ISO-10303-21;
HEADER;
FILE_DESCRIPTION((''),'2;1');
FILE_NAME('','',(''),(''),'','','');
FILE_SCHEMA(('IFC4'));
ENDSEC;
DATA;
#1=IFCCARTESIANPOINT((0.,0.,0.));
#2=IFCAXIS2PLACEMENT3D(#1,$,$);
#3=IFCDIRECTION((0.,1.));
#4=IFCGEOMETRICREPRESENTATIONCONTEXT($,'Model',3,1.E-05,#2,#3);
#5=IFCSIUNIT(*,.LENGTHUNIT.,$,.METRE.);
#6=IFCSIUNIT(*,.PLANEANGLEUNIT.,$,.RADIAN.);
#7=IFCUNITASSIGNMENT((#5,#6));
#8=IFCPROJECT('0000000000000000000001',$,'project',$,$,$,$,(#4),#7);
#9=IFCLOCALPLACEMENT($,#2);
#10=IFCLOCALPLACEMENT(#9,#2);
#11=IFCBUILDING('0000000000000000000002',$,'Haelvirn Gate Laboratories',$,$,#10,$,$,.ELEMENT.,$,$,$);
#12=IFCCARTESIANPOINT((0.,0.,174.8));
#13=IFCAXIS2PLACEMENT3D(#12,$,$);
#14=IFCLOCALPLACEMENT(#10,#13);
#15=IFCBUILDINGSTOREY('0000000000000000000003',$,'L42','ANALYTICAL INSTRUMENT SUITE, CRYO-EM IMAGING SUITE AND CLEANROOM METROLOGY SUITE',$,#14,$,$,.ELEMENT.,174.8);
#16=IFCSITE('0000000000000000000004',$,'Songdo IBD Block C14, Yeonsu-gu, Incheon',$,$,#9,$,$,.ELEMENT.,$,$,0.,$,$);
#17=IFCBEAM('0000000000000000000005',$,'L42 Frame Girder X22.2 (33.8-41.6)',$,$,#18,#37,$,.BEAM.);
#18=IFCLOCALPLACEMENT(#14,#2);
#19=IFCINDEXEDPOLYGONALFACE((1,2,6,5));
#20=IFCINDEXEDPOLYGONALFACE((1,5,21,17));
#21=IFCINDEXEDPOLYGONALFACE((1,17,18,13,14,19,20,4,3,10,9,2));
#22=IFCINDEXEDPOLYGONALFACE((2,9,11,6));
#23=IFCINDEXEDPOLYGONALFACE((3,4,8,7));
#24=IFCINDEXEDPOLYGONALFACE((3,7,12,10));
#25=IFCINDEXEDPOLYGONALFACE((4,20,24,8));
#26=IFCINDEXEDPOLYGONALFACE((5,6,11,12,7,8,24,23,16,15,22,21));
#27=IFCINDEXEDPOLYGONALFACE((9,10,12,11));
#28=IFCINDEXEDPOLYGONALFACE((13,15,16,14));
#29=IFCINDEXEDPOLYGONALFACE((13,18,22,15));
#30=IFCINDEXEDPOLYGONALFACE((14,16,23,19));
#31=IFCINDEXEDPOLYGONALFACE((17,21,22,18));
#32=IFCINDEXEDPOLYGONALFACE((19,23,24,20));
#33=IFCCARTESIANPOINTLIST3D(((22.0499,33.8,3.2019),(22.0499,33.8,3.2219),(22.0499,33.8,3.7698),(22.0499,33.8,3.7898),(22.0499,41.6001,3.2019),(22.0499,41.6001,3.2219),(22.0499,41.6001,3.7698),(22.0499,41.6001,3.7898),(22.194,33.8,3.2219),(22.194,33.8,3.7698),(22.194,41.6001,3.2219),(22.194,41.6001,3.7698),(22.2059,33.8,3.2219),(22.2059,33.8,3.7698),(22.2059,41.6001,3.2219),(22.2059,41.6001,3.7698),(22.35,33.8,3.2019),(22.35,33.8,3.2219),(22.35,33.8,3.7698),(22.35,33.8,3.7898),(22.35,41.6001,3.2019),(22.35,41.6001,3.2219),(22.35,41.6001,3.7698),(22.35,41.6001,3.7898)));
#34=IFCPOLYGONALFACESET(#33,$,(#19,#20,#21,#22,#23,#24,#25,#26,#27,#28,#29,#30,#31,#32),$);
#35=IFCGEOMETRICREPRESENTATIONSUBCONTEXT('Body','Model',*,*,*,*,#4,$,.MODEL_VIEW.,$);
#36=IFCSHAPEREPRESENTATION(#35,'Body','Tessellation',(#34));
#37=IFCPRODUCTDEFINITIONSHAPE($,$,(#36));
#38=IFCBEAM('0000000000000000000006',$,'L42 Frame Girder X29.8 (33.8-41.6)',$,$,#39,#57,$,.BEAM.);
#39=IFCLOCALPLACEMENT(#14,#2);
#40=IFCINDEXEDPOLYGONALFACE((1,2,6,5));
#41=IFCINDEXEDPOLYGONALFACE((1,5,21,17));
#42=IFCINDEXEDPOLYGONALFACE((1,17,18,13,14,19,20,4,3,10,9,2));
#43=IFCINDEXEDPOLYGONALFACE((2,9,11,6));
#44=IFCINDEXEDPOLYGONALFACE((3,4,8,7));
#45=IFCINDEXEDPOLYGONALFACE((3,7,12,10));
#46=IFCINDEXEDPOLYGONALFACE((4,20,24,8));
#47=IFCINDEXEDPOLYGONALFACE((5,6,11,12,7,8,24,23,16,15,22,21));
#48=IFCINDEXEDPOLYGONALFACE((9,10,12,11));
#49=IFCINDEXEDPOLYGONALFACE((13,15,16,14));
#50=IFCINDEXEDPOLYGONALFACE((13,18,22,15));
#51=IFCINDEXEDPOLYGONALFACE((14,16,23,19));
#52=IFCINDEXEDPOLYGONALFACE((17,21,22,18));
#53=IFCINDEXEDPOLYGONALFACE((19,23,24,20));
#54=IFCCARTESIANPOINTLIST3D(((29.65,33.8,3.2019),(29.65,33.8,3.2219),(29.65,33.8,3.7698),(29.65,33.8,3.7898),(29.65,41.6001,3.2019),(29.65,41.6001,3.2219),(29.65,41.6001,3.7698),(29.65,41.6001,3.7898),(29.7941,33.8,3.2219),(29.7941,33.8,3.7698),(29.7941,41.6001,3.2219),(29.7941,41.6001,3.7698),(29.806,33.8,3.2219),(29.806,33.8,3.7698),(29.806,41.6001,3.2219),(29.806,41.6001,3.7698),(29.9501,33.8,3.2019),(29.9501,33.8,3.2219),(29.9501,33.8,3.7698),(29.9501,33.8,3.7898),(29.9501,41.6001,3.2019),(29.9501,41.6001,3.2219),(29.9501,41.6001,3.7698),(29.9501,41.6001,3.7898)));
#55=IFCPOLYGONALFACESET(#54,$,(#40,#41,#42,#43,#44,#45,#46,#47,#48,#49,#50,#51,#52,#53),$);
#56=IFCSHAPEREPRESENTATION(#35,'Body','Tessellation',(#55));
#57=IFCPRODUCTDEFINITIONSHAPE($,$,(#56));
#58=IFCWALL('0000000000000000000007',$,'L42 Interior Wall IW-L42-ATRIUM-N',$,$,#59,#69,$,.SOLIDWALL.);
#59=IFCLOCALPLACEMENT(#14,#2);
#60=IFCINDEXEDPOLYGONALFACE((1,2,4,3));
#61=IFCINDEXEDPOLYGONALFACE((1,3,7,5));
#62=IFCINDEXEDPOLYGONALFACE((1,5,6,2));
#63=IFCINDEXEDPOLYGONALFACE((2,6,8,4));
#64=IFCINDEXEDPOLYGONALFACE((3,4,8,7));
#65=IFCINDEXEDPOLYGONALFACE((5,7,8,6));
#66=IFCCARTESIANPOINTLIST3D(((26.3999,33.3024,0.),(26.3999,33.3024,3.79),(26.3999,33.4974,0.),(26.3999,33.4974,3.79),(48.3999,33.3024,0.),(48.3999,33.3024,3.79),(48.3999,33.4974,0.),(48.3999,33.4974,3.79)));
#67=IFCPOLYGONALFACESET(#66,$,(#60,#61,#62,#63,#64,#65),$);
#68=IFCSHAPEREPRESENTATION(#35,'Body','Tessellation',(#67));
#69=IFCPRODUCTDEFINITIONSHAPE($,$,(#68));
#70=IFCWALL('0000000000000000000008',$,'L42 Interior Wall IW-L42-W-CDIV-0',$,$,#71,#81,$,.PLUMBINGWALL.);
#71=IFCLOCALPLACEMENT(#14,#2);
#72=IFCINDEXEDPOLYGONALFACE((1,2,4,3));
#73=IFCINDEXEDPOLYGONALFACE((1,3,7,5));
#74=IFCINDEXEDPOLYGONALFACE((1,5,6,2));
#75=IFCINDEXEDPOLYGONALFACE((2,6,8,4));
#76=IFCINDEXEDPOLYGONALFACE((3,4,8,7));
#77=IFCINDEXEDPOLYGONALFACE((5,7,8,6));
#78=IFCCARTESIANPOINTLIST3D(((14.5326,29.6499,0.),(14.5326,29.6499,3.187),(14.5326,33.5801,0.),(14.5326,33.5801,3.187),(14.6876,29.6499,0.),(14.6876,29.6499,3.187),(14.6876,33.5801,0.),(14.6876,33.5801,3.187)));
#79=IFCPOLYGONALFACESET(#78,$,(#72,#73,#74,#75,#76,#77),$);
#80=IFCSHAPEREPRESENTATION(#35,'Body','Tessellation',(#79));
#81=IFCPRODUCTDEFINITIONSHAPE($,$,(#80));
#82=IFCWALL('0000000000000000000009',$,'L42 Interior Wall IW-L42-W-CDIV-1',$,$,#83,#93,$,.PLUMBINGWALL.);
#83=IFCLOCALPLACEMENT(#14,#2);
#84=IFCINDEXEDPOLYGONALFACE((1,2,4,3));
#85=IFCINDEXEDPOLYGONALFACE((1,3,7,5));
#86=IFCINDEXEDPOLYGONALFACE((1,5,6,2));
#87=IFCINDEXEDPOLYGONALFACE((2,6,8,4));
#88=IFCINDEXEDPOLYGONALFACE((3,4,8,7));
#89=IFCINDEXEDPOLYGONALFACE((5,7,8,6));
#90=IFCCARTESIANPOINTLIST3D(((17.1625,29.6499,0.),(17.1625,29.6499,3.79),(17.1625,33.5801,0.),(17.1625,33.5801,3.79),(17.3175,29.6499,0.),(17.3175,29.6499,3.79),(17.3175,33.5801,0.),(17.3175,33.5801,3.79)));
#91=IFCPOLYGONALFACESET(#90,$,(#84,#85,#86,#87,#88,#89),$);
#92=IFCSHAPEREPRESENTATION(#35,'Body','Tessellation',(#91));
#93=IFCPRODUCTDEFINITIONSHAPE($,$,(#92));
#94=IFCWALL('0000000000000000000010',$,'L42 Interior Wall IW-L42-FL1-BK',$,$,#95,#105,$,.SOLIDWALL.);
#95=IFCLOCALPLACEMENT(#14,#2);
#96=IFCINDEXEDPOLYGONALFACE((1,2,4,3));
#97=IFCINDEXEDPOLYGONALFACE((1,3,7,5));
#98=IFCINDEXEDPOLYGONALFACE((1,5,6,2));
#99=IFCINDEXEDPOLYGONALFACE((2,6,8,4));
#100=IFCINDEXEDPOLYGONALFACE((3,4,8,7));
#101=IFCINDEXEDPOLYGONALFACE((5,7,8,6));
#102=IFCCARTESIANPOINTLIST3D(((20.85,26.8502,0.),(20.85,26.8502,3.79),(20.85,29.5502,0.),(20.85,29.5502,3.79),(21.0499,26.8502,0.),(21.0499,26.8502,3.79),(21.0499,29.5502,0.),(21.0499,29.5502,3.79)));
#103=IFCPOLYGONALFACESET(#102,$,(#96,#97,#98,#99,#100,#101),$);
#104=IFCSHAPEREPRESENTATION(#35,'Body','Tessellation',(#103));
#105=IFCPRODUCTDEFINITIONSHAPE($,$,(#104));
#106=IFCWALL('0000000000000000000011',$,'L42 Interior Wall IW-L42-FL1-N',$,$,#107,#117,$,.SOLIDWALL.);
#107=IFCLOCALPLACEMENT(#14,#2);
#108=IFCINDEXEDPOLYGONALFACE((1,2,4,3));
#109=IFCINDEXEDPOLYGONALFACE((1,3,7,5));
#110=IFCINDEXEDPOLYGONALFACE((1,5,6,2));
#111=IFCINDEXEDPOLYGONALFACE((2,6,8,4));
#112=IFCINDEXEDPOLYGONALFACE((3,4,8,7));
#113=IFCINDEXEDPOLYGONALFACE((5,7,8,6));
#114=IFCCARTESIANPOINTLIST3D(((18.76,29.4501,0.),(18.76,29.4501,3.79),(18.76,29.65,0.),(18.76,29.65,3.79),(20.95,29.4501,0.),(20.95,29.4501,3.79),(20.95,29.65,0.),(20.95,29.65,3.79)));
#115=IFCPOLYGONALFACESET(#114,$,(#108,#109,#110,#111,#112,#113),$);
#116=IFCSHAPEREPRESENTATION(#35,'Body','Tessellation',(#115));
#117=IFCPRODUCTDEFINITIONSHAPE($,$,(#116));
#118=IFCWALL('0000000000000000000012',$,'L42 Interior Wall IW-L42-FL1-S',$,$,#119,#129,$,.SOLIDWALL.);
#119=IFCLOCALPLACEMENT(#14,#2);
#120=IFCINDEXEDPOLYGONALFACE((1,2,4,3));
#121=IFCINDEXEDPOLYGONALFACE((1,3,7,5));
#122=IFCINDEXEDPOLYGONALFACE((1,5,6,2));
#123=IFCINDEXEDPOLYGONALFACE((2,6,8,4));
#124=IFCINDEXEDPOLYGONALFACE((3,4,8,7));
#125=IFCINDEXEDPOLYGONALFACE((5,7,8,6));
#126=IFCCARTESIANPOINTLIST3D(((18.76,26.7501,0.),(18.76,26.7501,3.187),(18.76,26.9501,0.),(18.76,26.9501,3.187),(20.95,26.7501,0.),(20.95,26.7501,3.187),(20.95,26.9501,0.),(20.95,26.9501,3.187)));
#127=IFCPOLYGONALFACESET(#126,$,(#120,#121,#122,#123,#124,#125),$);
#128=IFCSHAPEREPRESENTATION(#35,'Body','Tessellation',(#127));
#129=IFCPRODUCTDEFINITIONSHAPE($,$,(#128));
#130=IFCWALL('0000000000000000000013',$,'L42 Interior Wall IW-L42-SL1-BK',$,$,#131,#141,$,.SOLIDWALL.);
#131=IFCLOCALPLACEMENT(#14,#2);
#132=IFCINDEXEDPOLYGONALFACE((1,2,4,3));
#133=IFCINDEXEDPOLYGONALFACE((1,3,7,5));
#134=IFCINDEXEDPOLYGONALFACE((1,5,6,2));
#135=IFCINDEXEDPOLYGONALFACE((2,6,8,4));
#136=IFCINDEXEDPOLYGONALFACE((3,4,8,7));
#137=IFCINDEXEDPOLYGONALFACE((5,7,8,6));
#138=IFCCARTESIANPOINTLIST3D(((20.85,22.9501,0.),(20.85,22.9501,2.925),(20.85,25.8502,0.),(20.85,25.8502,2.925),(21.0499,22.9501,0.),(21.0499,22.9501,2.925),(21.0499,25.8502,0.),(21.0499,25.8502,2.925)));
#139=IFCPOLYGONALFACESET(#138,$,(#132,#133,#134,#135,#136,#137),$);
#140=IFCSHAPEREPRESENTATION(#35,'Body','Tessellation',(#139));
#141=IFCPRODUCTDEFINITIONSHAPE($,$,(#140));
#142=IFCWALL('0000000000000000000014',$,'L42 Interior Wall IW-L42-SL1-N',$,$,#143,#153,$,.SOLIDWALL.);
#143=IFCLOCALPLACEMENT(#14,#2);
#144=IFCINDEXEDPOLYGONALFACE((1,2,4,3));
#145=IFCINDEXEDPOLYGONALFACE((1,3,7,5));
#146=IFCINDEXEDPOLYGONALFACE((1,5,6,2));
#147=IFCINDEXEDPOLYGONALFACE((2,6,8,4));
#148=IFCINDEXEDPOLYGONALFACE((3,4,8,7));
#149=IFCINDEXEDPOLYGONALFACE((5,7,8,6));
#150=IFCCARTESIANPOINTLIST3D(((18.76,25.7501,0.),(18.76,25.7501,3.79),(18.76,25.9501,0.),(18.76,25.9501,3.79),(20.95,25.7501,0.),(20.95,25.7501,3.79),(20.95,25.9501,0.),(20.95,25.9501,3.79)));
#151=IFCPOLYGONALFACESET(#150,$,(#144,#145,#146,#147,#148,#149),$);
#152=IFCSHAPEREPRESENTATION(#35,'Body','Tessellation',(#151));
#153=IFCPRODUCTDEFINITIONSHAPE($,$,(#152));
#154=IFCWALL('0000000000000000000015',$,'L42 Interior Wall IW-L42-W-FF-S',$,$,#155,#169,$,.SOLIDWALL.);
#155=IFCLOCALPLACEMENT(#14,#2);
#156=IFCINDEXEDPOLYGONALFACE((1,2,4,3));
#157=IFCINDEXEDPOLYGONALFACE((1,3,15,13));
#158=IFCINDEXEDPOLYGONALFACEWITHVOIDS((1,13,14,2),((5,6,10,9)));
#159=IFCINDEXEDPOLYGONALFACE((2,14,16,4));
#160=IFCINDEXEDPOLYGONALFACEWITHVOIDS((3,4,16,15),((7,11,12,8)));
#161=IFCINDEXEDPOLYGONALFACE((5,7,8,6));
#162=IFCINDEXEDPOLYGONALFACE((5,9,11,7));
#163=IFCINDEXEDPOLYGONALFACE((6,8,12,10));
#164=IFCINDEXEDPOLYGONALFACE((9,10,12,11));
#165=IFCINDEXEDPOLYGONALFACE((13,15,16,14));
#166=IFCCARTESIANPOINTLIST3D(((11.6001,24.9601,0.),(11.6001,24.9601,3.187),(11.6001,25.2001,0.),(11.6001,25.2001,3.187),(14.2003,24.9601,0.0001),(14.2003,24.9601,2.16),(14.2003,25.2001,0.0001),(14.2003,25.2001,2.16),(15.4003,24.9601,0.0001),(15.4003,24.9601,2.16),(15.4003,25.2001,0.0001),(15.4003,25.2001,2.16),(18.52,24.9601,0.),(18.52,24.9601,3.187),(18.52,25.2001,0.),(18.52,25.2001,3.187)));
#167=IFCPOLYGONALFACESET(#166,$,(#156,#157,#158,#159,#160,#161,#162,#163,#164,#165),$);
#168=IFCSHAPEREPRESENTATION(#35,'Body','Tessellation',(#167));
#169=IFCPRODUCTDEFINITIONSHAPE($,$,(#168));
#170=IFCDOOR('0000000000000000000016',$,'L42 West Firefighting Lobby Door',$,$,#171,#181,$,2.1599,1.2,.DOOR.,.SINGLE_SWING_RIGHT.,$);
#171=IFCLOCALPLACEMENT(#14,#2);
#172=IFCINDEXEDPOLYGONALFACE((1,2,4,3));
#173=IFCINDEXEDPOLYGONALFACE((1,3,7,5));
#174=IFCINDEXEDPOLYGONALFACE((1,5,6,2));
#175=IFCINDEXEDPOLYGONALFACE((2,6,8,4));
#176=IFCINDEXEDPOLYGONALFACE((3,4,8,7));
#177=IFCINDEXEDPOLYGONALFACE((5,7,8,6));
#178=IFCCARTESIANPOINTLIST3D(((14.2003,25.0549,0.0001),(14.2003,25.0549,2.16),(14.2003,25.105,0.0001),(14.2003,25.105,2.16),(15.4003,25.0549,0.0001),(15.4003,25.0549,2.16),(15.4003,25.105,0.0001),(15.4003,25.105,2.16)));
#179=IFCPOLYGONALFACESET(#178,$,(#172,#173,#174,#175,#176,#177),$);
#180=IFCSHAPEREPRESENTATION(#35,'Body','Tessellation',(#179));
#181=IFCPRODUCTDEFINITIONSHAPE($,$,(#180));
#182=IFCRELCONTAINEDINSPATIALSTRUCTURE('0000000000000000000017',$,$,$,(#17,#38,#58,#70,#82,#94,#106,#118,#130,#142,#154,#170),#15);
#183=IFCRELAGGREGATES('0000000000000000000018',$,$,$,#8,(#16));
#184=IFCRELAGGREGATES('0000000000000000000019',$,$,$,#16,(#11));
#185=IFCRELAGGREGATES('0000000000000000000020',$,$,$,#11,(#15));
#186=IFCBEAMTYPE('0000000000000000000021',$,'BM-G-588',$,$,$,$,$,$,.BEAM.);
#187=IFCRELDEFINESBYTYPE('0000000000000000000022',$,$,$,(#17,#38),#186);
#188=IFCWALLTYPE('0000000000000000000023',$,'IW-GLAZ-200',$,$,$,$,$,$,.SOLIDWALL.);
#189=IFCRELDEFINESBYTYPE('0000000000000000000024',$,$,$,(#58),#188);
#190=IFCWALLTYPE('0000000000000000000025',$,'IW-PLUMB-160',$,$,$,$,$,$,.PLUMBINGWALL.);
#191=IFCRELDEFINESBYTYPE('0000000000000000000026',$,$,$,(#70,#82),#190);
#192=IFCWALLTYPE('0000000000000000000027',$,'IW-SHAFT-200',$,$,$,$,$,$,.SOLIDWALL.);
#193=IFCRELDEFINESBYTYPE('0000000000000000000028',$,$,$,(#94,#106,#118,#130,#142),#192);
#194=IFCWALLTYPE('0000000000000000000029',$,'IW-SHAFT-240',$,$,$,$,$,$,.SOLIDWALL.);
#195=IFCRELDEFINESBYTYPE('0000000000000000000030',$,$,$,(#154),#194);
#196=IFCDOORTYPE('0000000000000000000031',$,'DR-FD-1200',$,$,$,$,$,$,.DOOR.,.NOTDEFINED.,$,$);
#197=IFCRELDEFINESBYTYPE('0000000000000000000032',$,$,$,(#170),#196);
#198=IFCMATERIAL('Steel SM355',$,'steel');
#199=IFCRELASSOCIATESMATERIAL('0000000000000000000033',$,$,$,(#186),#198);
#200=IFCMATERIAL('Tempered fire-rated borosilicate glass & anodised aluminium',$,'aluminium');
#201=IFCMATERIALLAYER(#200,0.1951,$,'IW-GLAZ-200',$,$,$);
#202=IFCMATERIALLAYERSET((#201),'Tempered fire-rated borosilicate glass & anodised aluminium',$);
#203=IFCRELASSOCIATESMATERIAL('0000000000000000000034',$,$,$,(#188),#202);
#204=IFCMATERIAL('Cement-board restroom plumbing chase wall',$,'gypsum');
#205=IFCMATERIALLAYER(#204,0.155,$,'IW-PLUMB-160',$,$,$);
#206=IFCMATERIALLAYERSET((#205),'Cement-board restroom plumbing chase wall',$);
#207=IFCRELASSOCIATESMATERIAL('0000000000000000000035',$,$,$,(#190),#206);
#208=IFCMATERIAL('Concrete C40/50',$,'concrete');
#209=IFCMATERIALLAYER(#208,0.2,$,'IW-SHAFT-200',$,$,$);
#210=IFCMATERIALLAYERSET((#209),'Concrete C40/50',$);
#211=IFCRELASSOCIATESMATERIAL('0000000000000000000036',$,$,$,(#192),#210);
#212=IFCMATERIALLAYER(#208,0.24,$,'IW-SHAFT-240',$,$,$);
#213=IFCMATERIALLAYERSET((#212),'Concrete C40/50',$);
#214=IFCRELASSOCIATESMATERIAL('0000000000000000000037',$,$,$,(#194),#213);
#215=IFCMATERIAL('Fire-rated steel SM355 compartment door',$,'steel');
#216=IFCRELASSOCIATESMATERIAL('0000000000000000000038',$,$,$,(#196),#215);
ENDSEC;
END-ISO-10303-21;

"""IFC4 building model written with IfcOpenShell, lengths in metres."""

from ifc_helpers import new_model, si_unit, direction, frame, frame_2d, origin, origin_2d, place, context, subcontext, project, spatial, rectangle, i_section, extrude, source, transform, mapped, material, layer, layer_set, material_profile, profile_set, type_object, type_shapes, element, fill, save


model = new_model("IFC4")

# Units and contexts
model_context = context("Model", 3, precision=1e-05, world=origin(), true_north=direction((0.0, 1.0)))
body_context = subcontext(model_context, "Body", "Model", "MODEL_VIEW")
ifc_project = project(units=[si_unit("LENGTHUNIT", "METRE"), si_unit("PLANEANGLEUNIT", "RADIAN")], contexts=[model_context])

# Site, building, storey
site_placement = place(None, origin())
site = spatial("IfcSite", under=ifc_project, at=site_placement, Name="Songdo IBD Block C14, Yeonsu-gu, Incheon", CompositionType="ELEMENT", RefElevation=0.0)
building_placement = place(site_placement, origin())
building = spatial("IfcBuilding", under=site, at=building_placement, Name="Haelvirn Gate Laboratories", CompositionType="ELEMENT")
storey_placement = place(building_placement, frame((0.0, 0.0, 174.8)))
storey = spatial("IfcBuildingStorey", under=building, at=storey_placement, Name="L42", Description="ANALYTICAL INSTRUMENT SUITE, CRYO-EM IMAGING SUITE AND CLEANROOM METROLOGY SUITE", CompositionType="ELEMENT", Elevation=174.8)

# Shared definitions
ifc_material_1 = material(Name="Steel SM355", Category="steel")

# Beams
ifc_material_profile_1 = material_profile(ifc_material_1, i_section(OverallWidth=0.3, OverallDepth=0.5879, WebThickness=0.012, FlangeThickness=0.02, at=origin_2d()), Name="H-588x300x12x20")
ifc_profile_set_1 = profile_set([ifc_material_profile_1], Name="Steel SM355")
beam_type_1 = type_object("IfcBeamType", Name="BM-G-588", PredefinedType="BEAM", material=ifc_profile_set_1)
shared_shape_1 = source(origin(), body_context, "Body", "SweptSolid", [
    extrude(i_section(OverallWidth=0.3, OverallDepth=0.5879, WebThickness=0.012, FlangeThickness=0.02, at=origin_2d()), origin(), (0.0, 0.0, 1.0), 7.8),
])
type_shapes(beam_type_1, [shared_shape_1])
for number, where, z_axis, x_axis, name in (
    (1, (22.2, 33.8, 3.4958), (0.0, 1.0, 0.0), (-1.0, 0.0, 0.0), "L42 Frame Girder X22.2 (33.8-41.6)"),
    (2, (29.8, 33.8, 3.4958), (0.0, 1.0, 0.0), (-1.0, 0.0, 0.0), "L42 Frame Girder X29.8 (33.8-41.6)"),
):
    element("IfcBeam", number, at=place(storey_placement, frame(where, z_axis=z_axis, x_axis=x_axis)), inside=storey, type_object=beam_type_1, Name=name, PredefinedType="BEAM", context=body_context, shape_type="MappedRepresentation", body=[
        mapped(shared_shape_1, transform((0.0, 0.0, 0.0), scale=1.0)),
    ])

# Walls
ifc_material_2 = material(Name="Tempered fire-rated borosilicate glass & anodised aluminium", Category="aluminium")
ifc_layer_1 = layer(ifc_material_2, 0.1951, Name="IW-GLAZ-200")
ifc_layer_set_1 = layer_set([ifc_layer_1], Name="Tempered fire-rated borosilicate glass & anodised aluminium")
wall_type_1 = type_object("IfcWallType", Name="IW-GLAZ-200", PredefinedType="SOLIDWALL", material=ifc_layer_set_1)
wall_1_placement = place(storey_placement, frame((26.3999, 33.3999, 0.0), z_axis=(0.0, 0.0, 1.0), x_axis=(1.0, 0.0, 0.0)))
element("IfcWall", 3, at=wall_1_placement, inside=storey, type_object=wall_type_1, Name="L42 Interior Wall IW-L42-ATRIUM-N", PredefinedType="SOLIDWALL", context=body_context, shape_type="SweptSolid", body=[
    extrude(rectangle(XDim=22.0, YDim=0.1951, at=frame_2d((11.0, 0.0))), origin(), (0.0, 0.0, 1.0), 3.79),
])
ifc_material_3 = material(Name="Cement-board restroom plumbing chase wall", Category="gypsum")
ifc_layer_2 = layer(ifc_material_3, 0.155, Name="IW-PLUMB-160")
ifc_layer_set_2 = layer_set([ifc_layer_2], Name="Cement-board restroom plumbing chase wall")
wall_type_2 = type_object("IfcWallType", Name="IW-PLUMB-160", PredefinedType="PLUMBINGWALL", material=ifc_layer_set_2)
wall_2_placement = place(storey_placement, frame((14.6101, 29.6499, 0.0), z_axis=(0.0, 0.0, 1.0), x_axis=(0.0, 1.0, 0.0)))
element("IfcWall", 4, at=wall_2_placement, inside=storey, type_object=wall_type_2, Name="L42 Interior Wall IW-L42-W-CDIV-0", PredefinedType="PLUMBINGWALL", context=body_context, shape_type="SweptSolid", body=[
    extrude(rectangle(XDim=3.9302, YDim=0.155, at=frame_2d((1.9651, 0.0))), origin(), (0.0, 0.0, 1.0), 3.187),
])
wall_3_placement = place(storey_placement, frame((17.24, 29.6499, 0.0), z_axis=(0.0, 0.0, 1.0), x_axis=(0.0, 1.0, 0.0)))
element("IfcWall", 5, at=wall_3_placement, inside=storey, type_object=wall_type_2, Name="L42 Interior Wall IW-L42-W-CDIV-1", PredefinedType="PLUMBINGWALL", context=body_context, shape_type="SweptSolid", body=[
    extrude(rectangle(XDim=3.9302, YDim=0.155, at=frame_2d((1.9651, 0.0))), origin(), (0.0, 0.0, 1.0), 3.79),
])
ifc_material_4 = material(Name="Concrete C40/50", Category="concrete")
ifc_layer_3 = layer(ifc_material_4, 0.2, Name="IW-SHAFT-200")
ifc_layer_set_3 = layer_set([ifc_layer_3], Name="Concrete C40/50")
wall_type_3 = type_object("IfcWallType", Name="IW-SHAFT-200", PredefinedType="SOLIDWALL", material=ifc_layer_set_3)
wall_4_placement = place(storey_placement, frame((20.95, 26.8501, 0.0), z_axis=(0.0, 0.0, 1.0), x_axis=(0.0, 1.0, 0.0)))
element("IfcWall", 6, at=wall_4_placement, inside=storey, type_object=wall_type_3, Name="L42 Interior Wall IW-L42-FL1-BK", PredefinedType="SOLIDWALL", context=body_context, shape_type="SweptSolid", body=[
    extrude(rectangle(XDim=2.7, YDim=0.2, at=frame_2d((1.3501, 0.0))), origin(), (0.0, 0.0, 1.0), 3.79),
])
wall_5_placement = place(storey_placement, frame((18.76, 29.55, 0.0), z_axis=(0.0, 0.0, 1.0), x_axis=(1.0, 0.0, 0.0)))
element("IfcWall", 7, at=wall_5_placement, inside=storey, type_object=wall_type_3, Name="L42 Interior Wall IW-L42-FL1-N", PredefinedType="SOLIDWALL", context=body_context, shape_type="SweptSolid", body=[
    extrude(rectangle(XDim=2.1899, YDim=0.2, at=frame_2d((1.095, 0.0))), origin(), (0.0, 0.0, 1.0), 3.79),
])
wall_6_placement = place(storey_placement, frame((18.76, 26.8501, 0.0), z_axis=(0.0, 0.0, 1.0), x_axis=(1.0, 0.0, 0.0)))
element("IfcWall", 8, at=wall_6_placement, inside=storey, type_object=wall_type_3, Name="L42 Interior Wall IW-L42-FL1-S", PredefinedType="SOLIDWALL", context=body_context, shape_type="SweptSolid", body=[
    extrude(rectangle(XDim=2.1899, YDim=0.2, at=frame_2d((1.095, 0.0))), origin(), (0.0, 0.0, 1.0), 3.187),
])
wall_7_placement = place(storey_placement, frame((20.95, 22.95, 0.0), z_axis=(0.0, 0.0, 1.0), x_axis=(0.0, 1.0, 0.0)))
element("IfcWall", 9, at=wall_7_placement, inside=storey, type_object=wall_type_3, Name="L42 Interior Wall IW-L42-SL1-BK", PredefinedType="SOLIDWALL", context=body_context, shape_type="SweptSolid", body=[
    extrude(rectangle(XDim=2.9001, YDim=0.2, at=frame_2d((1.4502, 0.0))), origin(), (0.0, 0.0, 1.0), 2.925),
])
wall_8_placement = place(storey_placement, frame((18.76, 25.8501, 0.0), z_axis=(0.0, 0.0, 1.0), x_axis=(1.0, 0.0, 0.0)))
element("IfcWall", 10, at=wall_8_placement, inside=storey, type_object=wall_type_3, Name="L42 Interior Wall IW-L42-SL1-N", PredefinedType="SOLIDWALL", context=body_context, shape_type="SweptSolid", body=[
    extrude(rectangle(XDim=2.1899, YDim=0.2, at=frame_2d((1.095, 0.0))), origin(), (0.0, 0.0, 1.0), 3.79),
])

# Wall, opening, door
ifc_layer_4 = layer(ifc_material_4, 0.24, Name="IW-SHAFT-240")
ifc_layer_set_4 = layer_set([ifc_layer_4], Name="Concrete C40/50")
wall_type_4 = type_object("IfcWallType", Name="IW-SHAFT-240", PredefinedType="SOLIDWALL", material=ifc_layer_set_4)
wall_9_placement = place(storey_placement, frame((11.6001, 25.0801, 0.0), z_axis=(0.0, 0.0, 1.0), x_axis=(1.0, 0.0, 0.0)))
wall_9 = element("IfcWall", 11, at=wall_9_placement, inside=storey, type_object=wall_type_4, Name="L42 Interior Wall IW-L42-W-FF-S", PredefinedType="SOLIDWALL", context=body_context, shape_type="SweptSolid", body=[
    extrude(rectangle(XDim=6.9199, YDim=0.24, at=frame_2d((3.46, 0.0))), origin(), (0.0, 0.0, 1.0), 3.187),
])
opening_placement = place(wall_9_placement, frame((2.6001, 0.0, 0.0)))
opening = element("IfcOpeningElement", 12, at=opening_placement, cuts=wall_9, PredefinedType="OPENING", context=body_context, shape_type="SweptSolid", body=[
    extrude(rectangle(XDim=1.2, YDim=2.1599, at=frame_2d((0.6001, 1.0801))), frame((0.0, 0.1299, 0.0), z_axis=(0.0, -1.0, 0.0), x_axis=(1.0, 0.0, 0.0)), (0.0, 0.0, 1.0), 0.26),
])
ifc_material_5 = material(Name="Fire-rated steel SM355 compartment door", Category="steel")
door_type = type_object("IfcDoorType", Name="DR-FD-1200", OperationType="NOTDEFINED", PredefinedType="DOOR", material=ifc_material_5)
shared_shape_2 = source(origin(), body_context, "Body", "SweptSolid", [
    extrude(rectangle(XDim=1.2, YDim=2.1599, at=frame_2d((0.6001, 1.0801))), frame((0.0, 0.0249, 0.0), z_axis=(0.0, -1.0, 0.0), x_axis=(1.0, 0.0, 0.0)), (0.0, 0.0, 1.0), 0.05),
])
type_shapes(door_type, [shared_shape_2])
door_placement = place(opening_placement, origin())
door = element("IfcDoor", 13, at=door_placement, inside=storey, type_object=door_type, Name="L42 West Firefighting Lobby Door", OperationType="SINGLE_SWING_RIGHT", OverallHeight=2.1599, OverallWidth=1.2, PredefinedType="DOOR", context=body_context, shape_type="MappedRepresentation", body=[
    mapped(shared_shape_2, transform((0.0, 0.0, 0.0), scale=1.0)),
])
fill(opening, door)

save(model, "model.ifc")
